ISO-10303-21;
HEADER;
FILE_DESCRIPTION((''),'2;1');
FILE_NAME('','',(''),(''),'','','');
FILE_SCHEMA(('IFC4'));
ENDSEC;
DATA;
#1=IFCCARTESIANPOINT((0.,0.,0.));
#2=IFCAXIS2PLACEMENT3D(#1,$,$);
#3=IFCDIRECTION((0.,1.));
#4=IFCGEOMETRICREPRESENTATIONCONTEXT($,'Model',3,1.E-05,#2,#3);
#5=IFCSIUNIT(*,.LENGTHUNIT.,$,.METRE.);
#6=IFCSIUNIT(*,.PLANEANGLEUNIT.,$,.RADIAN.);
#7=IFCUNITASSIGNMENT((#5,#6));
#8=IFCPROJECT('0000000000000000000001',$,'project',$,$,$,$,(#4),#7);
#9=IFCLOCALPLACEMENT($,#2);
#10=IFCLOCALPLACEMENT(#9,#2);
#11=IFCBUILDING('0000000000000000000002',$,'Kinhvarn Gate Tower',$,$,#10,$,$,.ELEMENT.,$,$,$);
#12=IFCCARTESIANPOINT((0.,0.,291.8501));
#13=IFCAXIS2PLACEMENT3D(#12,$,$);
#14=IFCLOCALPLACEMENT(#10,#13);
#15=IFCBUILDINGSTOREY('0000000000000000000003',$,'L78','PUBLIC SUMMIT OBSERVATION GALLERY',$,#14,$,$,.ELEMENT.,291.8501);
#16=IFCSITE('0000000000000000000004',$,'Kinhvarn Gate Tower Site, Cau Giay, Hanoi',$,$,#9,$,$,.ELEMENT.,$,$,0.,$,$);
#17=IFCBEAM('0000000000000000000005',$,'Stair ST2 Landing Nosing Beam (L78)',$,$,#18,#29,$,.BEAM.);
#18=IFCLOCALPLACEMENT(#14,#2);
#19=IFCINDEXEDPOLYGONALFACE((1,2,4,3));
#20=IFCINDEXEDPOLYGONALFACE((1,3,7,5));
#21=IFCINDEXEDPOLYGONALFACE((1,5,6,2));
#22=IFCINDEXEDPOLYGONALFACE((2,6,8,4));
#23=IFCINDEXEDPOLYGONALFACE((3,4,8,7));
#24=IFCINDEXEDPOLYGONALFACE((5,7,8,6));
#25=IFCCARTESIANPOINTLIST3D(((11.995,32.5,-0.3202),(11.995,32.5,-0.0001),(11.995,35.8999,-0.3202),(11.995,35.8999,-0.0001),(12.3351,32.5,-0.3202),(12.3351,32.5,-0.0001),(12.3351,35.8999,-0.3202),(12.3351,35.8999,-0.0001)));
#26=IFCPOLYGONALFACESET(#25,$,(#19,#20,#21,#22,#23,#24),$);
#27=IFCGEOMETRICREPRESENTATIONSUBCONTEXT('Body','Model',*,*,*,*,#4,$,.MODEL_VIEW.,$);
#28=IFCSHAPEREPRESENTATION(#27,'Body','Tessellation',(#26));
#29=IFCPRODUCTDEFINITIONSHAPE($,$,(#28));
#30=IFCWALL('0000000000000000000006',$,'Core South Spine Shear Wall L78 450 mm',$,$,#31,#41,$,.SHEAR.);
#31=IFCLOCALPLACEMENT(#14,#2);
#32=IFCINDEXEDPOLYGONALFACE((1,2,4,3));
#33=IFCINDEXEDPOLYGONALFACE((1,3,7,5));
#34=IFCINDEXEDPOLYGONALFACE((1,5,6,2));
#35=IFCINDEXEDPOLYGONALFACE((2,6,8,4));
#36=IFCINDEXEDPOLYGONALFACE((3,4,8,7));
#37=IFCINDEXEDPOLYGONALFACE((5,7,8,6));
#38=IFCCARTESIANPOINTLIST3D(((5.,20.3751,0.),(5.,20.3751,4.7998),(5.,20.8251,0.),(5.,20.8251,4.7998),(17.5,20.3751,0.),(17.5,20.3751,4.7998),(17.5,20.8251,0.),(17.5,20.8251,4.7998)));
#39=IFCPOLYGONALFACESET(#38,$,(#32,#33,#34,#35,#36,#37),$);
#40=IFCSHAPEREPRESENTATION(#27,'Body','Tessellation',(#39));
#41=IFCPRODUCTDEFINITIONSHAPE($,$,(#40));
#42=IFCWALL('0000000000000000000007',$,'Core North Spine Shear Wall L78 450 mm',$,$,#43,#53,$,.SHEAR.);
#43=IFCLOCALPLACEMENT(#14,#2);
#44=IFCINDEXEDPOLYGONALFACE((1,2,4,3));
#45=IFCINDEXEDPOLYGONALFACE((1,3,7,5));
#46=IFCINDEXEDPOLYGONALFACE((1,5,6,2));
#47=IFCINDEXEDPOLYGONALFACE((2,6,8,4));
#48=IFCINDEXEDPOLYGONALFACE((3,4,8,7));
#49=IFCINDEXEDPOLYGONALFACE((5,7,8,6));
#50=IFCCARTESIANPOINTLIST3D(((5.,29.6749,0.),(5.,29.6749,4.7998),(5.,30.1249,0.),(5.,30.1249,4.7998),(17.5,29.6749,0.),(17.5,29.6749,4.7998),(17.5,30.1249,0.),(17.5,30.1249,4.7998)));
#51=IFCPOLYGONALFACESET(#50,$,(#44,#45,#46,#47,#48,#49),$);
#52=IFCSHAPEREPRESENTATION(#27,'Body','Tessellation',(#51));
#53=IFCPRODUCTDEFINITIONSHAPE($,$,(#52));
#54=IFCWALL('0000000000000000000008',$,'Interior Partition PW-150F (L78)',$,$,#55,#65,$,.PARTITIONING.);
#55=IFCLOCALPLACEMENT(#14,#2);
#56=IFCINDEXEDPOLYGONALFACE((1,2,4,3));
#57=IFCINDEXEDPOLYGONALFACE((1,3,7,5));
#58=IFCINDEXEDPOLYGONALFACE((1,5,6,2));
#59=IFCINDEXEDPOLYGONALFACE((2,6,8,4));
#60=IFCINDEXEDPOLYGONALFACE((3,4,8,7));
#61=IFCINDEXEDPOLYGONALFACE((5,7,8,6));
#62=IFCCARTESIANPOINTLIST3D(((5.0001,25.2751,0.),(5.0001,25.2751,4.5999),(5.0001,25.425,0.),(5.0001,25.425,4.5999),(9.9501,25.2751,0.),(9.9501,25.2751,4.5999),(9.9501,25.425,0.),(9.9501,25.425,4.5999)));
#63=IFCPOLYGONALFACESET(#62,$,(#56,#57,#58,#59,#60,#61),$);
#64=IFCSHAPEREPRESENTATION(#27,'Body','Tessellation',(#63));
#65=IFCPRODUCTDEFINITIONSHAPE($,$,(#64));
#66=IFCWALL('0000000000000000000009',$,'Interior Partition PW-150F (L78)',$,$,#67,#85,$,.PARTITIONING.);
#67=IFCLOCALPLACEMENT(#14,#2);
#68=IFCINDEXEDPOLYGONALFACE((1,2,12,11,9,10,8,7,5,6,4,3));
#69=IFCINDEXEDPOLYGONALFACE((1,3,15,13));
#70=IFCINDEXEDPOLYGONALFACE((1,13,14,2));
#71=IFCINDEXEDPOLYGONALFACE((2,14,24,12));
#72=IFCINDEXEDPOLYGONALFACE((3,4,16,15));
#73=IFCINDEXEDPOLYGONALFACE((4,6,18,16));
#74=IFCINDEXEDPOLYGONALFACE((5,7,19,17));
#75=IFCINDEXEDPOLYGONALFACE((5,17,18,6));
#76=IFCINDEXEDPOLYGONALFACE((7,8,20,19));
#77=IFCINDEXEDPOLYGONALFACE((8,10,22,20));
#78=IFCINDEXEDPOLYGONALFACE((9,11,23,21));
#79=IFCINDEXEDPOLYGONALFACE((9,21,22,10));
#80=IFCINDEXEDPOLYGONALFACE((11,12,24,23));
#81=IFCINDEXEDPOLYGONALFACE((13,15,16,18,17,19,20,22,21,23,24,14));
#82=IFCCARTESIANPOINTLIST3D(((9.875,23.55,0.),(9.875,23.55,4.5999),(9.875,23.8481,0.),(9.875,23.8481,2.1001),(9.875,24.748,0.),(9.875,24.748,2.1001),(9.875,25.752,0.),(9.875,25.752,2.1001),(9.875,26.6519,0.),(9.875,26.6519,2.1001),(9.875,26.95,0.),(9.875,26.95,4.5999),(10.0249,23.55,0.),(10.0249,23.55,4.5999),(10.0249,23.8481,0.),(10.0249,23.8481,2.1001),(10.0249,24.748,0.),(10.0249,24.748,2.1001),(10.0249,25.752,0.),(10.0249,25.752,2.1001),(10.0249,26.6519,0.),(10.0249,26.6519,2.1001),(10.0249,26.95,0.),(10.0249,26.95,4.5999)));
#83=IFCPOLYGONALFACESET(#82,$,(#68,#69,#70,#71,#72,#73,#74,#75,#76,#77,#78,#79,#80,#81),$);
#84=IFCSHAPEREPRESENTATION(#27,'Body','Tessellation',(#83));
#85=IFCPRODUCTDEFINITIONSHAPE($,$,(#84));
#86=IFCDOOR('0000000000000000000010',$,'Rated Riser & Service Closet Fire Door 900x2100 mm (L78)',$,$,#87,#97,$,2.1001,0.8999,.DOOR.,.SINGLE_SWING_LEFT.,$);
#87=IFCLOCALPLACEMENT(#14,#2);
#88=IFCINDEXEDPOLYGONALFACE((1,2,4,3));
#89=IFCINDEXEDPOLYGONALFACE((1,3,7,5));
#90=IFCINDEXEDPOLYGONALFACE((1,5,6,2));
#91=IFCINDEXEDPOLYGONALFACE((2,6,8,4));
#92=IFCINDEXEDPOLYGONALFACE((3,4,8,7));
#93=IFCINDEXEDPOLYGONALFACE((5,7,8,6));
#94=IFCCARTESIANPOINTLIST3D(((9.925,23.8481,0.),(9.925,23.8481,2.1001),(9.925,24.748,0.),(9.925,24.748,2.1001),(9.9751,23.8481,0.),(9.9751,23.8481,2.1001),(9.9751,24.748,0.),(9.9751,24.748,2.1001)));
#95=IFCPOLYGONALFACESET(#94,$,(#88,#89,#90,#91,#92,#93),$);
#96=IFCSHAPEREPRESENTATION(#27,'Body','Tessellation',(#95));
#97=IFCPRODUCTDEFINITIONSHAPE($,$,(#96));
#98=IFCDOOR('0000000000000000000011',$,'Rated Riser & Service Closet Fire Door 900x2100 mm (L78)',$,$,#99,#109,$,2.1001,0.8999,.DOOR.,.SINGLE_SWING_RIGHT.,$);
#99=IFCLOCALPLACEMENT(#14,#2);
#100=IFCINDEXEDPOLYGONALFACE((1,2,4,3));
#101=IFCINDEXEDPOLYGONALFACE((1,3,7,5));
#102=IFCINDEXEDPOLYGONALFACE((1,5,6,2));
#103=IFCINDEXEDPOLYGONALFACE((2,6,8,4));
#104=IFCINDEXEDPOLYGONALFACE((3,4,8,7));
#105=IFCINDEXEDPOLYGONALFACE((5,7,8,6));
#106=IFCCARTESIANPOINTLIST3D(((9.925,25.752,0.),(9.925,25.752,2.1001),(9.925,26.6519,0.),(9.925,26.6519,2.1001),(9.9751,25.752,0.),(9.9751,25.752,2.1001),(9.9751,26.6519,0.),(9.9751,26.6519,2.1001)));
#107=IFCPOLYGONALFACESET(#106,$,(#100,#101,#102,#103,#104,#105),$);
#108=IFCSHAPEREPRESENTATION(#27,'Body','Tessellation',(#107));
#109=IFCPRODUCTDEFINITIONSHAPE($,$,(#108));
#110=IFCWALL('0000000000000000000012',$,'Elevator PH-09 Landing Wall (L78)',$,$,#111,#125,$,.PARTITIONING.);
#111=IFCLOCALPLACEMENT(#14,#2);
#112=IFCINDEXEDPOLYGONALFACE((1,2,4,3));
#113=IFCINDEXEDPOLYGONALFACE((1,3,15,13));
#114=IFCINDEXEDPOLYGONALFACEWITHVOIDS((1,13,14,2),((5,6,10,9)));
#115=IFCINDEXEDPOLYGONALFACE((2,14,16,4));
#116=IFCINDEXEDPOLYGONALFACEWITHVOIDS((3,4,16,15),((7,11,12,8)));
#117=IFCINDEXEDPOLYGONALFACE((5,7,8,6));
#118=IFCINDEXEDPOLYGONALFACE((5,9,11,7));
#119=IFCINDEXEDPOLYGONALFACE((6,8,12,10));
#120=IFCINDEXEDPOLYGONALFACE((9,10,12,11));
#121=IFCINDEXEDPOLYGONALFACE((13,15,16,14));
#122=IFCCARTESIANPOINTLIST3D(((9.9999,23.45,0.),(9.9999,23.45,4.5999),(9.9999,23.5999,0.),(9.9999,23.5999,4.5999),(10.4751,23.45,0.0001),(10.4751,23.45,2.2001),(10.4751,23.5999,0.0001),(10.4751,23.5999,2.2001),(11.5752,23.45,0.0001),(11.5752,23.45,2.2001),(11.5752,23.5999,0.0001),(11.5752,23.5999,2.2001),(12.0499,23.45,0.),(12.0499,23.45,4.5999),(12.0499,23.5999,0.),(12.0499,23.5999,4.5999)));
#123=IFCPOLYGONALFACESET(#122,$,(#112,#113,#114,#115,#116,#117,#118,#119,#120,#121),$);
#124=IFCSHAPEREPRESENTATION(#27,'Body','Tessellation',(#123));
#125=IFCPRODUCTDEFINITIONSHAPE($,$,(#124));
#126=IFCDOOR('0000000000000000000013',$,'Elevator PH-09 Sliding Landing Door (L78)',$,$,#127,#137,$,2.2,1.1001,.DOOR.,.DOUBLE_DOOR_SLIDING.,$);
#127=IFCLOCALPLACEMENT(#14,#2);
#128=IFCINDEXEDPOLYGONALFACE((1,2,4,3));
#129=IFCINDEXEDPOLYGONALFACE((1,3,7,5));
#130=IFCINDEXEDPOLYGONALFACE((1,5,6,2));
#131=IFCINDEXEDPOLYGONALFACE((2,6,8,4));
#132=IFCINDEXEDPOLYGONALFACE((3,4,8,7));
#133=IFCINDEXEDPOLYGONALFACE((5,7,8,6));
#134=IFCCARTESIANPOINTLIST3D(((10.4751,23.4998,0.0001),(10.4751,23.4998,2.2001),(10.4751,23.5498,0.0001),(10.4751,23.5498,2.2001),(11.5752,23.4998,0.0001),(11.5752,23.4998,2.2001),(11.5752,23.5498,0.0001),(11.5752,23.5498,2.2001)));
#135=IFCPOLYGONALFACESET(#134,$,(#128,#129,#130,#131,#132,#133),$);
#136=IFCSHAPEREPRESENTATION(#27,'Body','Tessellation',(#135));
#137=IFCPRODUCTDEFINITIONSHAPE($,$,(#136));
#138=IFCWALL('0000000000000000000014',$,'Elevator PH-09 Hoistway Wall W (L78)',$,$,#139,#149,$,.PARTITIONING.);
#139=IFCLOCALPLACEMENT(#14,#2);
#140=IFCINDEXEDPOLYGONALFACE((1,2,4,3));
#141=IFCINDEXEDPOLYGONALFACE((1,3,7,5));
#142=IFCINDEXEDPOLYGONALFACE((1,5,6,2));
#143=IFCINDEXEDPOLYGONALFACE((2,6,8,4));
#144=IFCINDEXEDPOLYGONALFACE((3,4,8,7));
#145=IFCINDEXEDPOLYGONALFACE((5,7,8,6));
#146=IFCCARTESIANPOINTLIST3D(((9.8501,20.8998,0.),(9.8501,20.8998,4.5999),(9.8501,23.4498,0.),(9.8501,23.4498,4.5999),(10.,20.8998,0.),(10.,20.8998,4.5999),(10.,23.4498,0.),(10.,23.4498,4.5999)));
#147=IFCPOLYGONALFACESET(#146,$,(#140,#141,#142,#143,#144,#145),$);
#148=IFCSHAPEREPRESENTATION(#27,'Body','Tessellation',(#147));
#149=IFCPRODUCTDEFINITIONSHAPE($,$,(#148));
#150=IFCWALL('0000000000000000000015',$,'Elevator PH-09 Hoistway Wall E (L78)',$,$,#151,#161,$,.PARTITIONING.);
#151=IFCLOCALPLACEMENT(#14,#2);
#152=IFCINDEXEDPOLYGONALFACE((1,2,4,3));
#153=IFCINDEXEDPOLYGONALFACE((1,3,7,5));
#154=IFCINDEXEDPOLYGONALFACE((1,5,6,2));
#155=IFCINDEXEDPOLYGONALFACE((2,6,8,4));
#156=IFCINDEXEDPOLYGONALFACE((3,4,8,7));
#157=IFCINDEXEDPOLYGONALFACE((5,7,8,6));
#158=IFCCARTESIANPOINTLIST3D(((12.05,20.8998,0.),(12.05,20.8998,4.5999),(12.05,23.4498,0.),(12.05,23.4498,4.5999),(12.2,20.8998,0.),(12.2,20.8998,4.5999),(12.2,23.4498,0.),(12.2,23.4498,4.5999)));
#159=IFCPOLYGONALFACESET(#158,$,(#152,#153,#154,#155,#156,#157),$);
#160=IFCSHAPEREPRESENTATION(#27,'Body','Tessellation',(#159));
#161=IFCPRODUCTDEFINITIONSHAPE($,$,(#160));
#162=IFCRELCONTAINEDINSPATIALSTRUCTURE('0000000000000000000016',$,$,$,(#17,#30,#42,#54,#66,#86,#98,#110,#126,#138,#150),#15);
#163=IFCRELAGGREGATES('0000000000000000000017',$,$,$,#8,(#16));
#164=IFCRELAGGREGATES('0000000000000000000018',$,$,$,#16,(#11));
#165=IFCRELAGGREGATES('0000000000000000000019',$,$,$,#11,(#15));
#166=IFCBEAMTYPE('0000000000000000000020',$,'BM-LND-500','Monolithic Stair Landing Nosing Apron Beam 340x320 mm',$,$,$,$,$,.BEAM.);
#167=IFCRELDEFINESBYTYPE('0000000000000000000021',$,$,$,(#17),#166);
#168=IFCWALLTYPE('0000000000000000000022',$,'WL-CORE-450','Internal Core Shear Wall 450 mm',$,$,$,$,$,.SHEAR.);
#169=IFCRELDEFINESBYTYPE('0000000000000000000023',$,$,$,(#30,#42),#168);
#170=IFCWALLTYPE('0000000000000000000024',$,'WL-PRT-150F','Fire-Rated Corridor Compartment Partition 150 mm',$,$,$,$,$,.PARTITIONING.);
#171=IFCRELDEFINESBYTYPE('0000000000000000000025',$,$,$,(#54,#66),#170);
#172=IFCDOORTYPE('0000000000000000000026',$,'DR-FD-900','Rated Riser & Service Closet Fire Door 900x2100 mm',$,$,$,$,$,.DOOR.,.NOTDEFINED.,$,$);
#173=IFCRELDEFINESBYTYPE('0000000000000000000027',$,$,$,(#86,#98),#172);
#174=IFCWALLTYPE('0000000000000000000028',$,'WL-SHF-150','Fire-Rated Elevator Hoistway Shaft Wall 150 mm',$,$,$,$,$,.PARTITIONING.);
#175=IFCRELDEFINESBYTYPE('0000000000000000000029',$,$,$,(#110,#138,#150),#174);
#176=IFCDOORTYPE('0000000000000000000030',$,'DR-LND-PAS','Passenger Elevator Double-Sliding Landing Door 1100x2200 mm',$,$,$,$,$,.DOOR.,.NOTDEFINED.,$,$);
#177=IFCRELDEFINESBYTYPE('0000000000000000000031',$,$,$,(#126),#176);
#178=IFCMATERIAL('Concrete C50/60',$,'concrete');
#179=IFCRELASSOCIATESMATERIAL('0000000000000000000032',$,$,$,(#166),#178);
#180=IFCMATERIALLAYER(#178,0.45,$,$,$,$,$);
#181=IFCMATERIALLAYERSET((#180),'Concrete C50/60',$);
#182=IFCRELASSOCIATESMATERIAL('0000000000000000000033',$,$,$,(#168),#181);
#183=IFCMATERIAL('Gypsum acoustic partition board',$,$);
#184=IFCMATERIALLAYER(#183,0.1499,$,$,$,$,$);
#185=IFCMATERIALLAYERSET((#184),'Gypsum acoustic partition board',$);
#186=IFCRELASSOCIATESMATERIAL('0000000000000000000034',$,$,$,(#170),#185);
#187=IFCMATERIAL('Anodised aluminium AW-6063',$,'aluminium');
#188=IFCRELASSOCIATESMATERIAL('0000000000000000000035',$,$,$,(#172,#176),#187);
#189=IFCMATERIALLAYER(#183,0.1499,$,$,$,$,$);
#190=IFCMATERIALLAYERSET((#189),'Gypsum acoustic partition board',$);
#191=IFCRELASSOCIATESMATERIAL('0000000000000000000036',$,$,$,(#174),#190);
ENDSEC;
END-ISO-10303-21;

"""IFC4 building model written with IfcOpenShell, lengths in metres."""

from ifc_helpers import new_model, si_unit, direction, frame, frame_2d, origin, origin_2d, place, context, subcontext, project, spatial, rectangle, extrude, material, layer, layer_set, material_profile, profile_set, type_object, element, fill, save


model = new_model("IFC4")

# Units and contexts
model_context = context("Model", 3, precision=1e-05, world=origin(), true_north=direction((0.0, 1.0)))
body_context = subcontext(model_context, "Body", "Model", "MODEL_VIEW")
ifc_project = project(units=[si_unit("LENGTHUNIT", "METRE"), si_unit("PLANEANGLEUNIT", "RADIAN")], contexts=[model_context])

# Site, building, storey
site_placement = place(None, origin())
site = spatial("IfcSite", under=ifc_project, at=site_placement, Name="Kinhvarn Gate Tower Site, Cau Giay, Hanoi", CompositionType="ELEMENT", RefElevation=0.0)
building_placement = place(site_placement, origin())
building = spatial("IfcBuilding", under=site, at=building_placement, Name="Kinhvarn Gate Tower", CompositionType="ELEMENT")
storey_placement = place(building_placement, frame((0.0, 0.0, 291.8501)))
storey = spatial("IfcBuildingStorey", under=building, at=storey_placement, Name="L78", Description="PUBLIC SUMMIT OBSERVATION GALLERY", CompositionType="ELEMENT", Elevation=291.8501)

# Beam
ifc_material_1 = material(Name="Concrete C50/60", Category="concrete")
ifc_material_profile = material_profile(ifc_material_1, rectangle(XDim=0.3401, YDim=0.3201, at=origin_2d()), Name="RC 340x320")
ifc_profile_set = profile_set([ifc_material_profile], Name="Concrete C50/60")
beam_type = type_object("IfcBeamType", Name="BM-LND-500", Description="Monolithic Stair Landing Nosing Apron Beam 340x320 mm", PredefinedType="BEAM", material=ifc_profile_set)
beam_placement = place(storey_placement, frame((12.165, 32.5, -0.1602), z_axis=(0.0, 1.0, 0.0), x_axis=(-1.0, 0.0, 0.0)))
element("IfcBeam", 1, at=beam_placement, inside=storey, type_object=beam_type, Name="Stair ST2 Landing Nosing Beam (L78)", PredefinedType="BEAM", context=body_context, shape_type="SweptSolid", body=[
    extrude(rectangle(XDim=0.3401, YDim=0.3201, at=origin_2d()), origin(), (0.0, 0.0, 1.0), 3.3999),
])

# Walls
ifc_layer_1 = layer(ifc_material_1, 0.45)
ifc_layer_set_1 = layer_set([ifc_layer_1], Name="Concrete C50/60")
wall_type_1 = type_object("IfcWallType", Name="WL-CORE-450", Description="Internal Core Shear Wall 450 mm", PredefinedType="SHEAR", material=ifc_layer_set_1)
for number, where, z_axis, x_axis, name in (
    (2, (5.0, 20.6001, 0.0), (0.0, 0.0, 1.0), (1.0, 0.0, 0.0), "Core South Spine Shear Wall L78 450 mm"),
    (3, (5.0, 29.8999, 0.0), (0.0, 0.0, 1.0), (1.0, 0.0, 0.0), "Core North Spine Shear Wall L78 450 mm"),
):
    element("IfcWall", number, at=place(storey_placement, frame(where, z_axis=z_axis, x_axis=x_axis)), inside=storey, type_object=wall_type_1, Name=name, PredefinedType="SHEAR", context=body_context, shape_type="SweptSolid", body=[
        extrude(rectangle(XDim=12.5, YDim=0.45, at=frame_2d((6.25, 0.0))), origin(), (0.0, 0.0, 1.0), 4.7998),
    ])
ifc_material_2 = material(Name="Gypsum acoustic partition board")
ifc_layer_2 = layer(ifc_material_2, 0.1499)
ifc_layer_set_2 = layer_set([ifc_layer_2], Name="Gypsum acoustic partition board")
wall_type_2 = type_object("IfcWallType", Name="WL-PRT-150F", Description="Fire-Rated Corridor Compartment Partition 150 mm", PredefinedType="PARTITIONING", material=ifc_layer_set_2)
wall_1_placement = place(storey_placement, frame((5.0, 25.3501, 0.0), z_axis=(0.0, 0.0, 1.0), x_axis=(1.0, 0.0, 0.0)))
element("IfcWall", 4, at=wall_1_placement, inside=storey, type_object=wall_type_2, Name="Interior Partition PW-150F (L78)", PredefinedType="PARTITIONING", context=body_context, shape_type="SweptSolid", body=[
    extrude(rectangle(XDim=4.95, YDim=0.1499, at=frame_2d((2.4751, 0.0))), origin(), (0.0, 0.0, 1.0), 4.5999),
])

# Wall, openings, doors
wall_2_placement = place(storey_placement, frame((9.95, 23.55, 0.0), z_axis=(0.0, 0.0, 1.0), x_axis=(0.0, 1.0, 0.0)))
wall_2 = element("IfcWall", 5, at=wall_2_placement, inside=storey, type_object=wall_type_2, Name="Interior Partition PW-150F (L78)", PredefinedType="PARTITIONING", context=body_context, shape_type="SweptSolid", body=[
    extrude(rectangle(XDim=3.3999, YDim=0.1499, at=frame_2d((1.7, 0.0))), origin(), (0.0, 0.0, 1.0), 4.5999),
])
opening_1_placement = place(wall_2_placement, frame((0.2981, 0.0, 0.0)))
opening_1 = element("IfcOpeningElement", 6, at=opening_1_placement, cuts=wall_2, PredefinedType="OPENING", context=body_context, shape_type="SweptSolid", body=[
    extrude(rectangle(XDim=0.8999, YDim=2.1001, at=frame_2d((0.45, 1.05))), frame((0.0, 0.085, 0.0), z_axis=(0.0, -1.0, 0.0), x_axis=(1.0, 0.0, 0.0)), (0.0, 0.0, 1.0), 0.1699),
])
opening_2_placement = place(wall_2_placement, frame((2.2019, 0.0, 0.0)))
opening_2 = element("IfcOpeningElement", 7, at=opening_2_placement, cuts=wall_2, PredefinedType="OPENING", context=body_context, shape_type="SweptSolid", body=[
    extrude(rectangle(XDim=0.8999, YDim=2.1001, at=frame_2d((0.45, 1.05))), frame((0.0, 0.085, 0.0), z_axis=(0.0, -1.0, 0.0), x_axis=(1.0, 0.0, 0.0)), (0.0, 0.0, 1.0), 0.1699),
])
ifc_material_3 = material(Name="Anodised aluminium AW-6063", Category="aluminium")
door_type_1 = type_object("IfcDoorType", Name="DR-FD-900", Description="Rated Riser & Service Closet Fire Door 900x2100 mm", OperationType="NOTDEFINED", PredefinedType="DOOR", material=ifc_material_3)
door_1_placement = place(opening_1_placement, origin())
door_1 = element("IfcDoor", 8, at=door_1_placement, inside=storey, type_object=door_type_1, Name="Rated Riser & Service Closet Fire Door 900x2100 mm (L78)", OperationType="SINGLE_SWING_LEFT", OverallHeight=2.1001, OverallWidth=0.8999, PredefinedType="DOOR", context=body_context, shape_type="SweptSolid", body=[
    extrude(rectangle(XDim=0.8999, YDim=2.1001, at=frame_2d((0.45, 1.05))), frame((0.0, 0.0249, 0.0), z_axis=(0.0, -1.0, 0.0), x_axis=(1.0, 0.0, 0.0)), (0.0, 0.0, 1.0), 0.05),
])
fill(opening_1, door_1)
door_2_placement = place(opening_2_placement, origin())
door_2 = element("IfcDoor", 9, at=door_2_placement, inside=storey, type_object=door_type_1, Name="Rated Riser & Service Closet Fire Door 900x2100 mm (L78)", OperationType="SINGLE_SWING_RIGHT", OverallHeight=2.1001, OverallWidth=0.8999, PredefinedType="DOOR", context=body_context, shape_type="SweptSolid", body=[
    extrude(rectangle(XDim=0.8999, YDim=2.1001, at=frame_2d((0.45, 1.05))), frame((0.0, 0.0249, 0.0), z_axis=(0.0, -1.0, 0.0), x_axis=(1.0, 0.0, 0.0)), (0.0, 0.0, 1.0), 0.05),
])
fill(opening_2, door_2)

# Wall, opening, door
ifc_layer_3 = layer(ifc_material_2, 0.1499)
ifc_layer_set_3 = layer_set([ifc_layer_3], Name="Gypsum acoustic partition board")
wall_type_3 = type_object("IfcWallType", Name="WL-SHF-150", Description="Fire-Rated Elevator Hoistway Shaft Wall 150 mm", PredefinedType="PARTITIONING", material=ifc_layer_set_3)
wall_3_placement = place(storey_placement, frame((10.0, 23.5249, 0.0), z_axis=(0.0, 0.0, 1.0), x_axis=(1.0, 0.0, 0.0)))
wall_3 = element("IfcWall", 10, at=wall_3_placement, inside=storey, type_object=wall_type_3, Name="Elevator PH-09 Landing Wall (L78)", PredefinedType="PARTITIONING", context=body_context, shape_type="SweptSolid", body=[
    extrude(rectangle(XDim=2.05, YDim=0.1499, at=frame_2d((1.0249, 0.0))), origin(), (0.0, 0.0, 1.0), 4.5999),
])
opening_3_placement = place(wall_3_placement, frame((0.4751, 0.0, 0.0)))
opening_3 = element("IfcOpeningElement", 11, at=opening_3_placement, cuts=wall_3, PredefinedType="OPENING", context=body_context, shape_type="SweptSolid", body=[
    extrude(rectangle(XDim=1.1001, YDim=2.2, at=frame_2d((0.55, 1.1001))), frame((0.0, 0.085, 0.0), z_axis=(0.0, -1.0, 0.0), x_axis=(1.0, 0.0, 0.0)), (0.0, 0.0, 1.0), 0.1699),
])
door_type_2 = type_object("IfcDoorType", Name="DR-LND-PAS", Description="Passenger Elevator Double-Sliding Landing Door 1100x2200 mm", OperationType="NOTDEFINED", PredefinedType="DOOR", material=ifc_material_3)
door_3_placement = place(opening_3_placement, origin())
door_3 = element("IfcDoor", 12, at=door_3_placement, inside=storey, type_object=door_type_2, Name="Elevator PH-09 Sliding Landing Door (L78)", OperationType="DOUBLE_DOOR_SLIDING", OverallHeight=2.2, OverallWidth=1.1001, PredefinedType="DOOR", context=body_context, shape_type="SweptSolid", body=[
    extrude(rectangle(XDim=1.1001, YDim=2.2, at=frame_2d((0.55, 1.1001))), frame((0.0, 0.0249, 0.0), z_axis=(0.0, -1.0, 0.0), x_axis=(1.0, 0.0, 0.0)), (0.0, 0.0, 1.0), 0.05),
])
fill(opening_3, door_3)

# Walls
for number, where, z_axis, x_axis, name in (
    (13, (9.925, 20.8999, 0.0), (0.0, 0.0, 1.0), (0.0, 1.0, 0.0), "Elevator PH-09 Hoistway Wall W (L78)"),
    (14, (12.125, 20.8999, 0.0), (0.0, 0.0, 1.0), (0.0, 1.0, 0.0), "Elevator PH-09 Hoistway Wall E (L78)"),
):
    element("IfcWall", number, at=place(storey_placement, frame(where, z_axis=z_axis, x_axis=x_axis)), inside=storey, type_object=wall_type_3, Name=name, PredefinedType="PARTITIONING", context=body_context, shape_type="SweptSolid", body=[
        extrude(rectangle(XDim=2.55, YDim=0.1499, at=frame_2d((1.2749, 0.0))), origin(), (0.0, 0.0, 1.0), 4.5999),
    ])

save(model, "model.ifc")
